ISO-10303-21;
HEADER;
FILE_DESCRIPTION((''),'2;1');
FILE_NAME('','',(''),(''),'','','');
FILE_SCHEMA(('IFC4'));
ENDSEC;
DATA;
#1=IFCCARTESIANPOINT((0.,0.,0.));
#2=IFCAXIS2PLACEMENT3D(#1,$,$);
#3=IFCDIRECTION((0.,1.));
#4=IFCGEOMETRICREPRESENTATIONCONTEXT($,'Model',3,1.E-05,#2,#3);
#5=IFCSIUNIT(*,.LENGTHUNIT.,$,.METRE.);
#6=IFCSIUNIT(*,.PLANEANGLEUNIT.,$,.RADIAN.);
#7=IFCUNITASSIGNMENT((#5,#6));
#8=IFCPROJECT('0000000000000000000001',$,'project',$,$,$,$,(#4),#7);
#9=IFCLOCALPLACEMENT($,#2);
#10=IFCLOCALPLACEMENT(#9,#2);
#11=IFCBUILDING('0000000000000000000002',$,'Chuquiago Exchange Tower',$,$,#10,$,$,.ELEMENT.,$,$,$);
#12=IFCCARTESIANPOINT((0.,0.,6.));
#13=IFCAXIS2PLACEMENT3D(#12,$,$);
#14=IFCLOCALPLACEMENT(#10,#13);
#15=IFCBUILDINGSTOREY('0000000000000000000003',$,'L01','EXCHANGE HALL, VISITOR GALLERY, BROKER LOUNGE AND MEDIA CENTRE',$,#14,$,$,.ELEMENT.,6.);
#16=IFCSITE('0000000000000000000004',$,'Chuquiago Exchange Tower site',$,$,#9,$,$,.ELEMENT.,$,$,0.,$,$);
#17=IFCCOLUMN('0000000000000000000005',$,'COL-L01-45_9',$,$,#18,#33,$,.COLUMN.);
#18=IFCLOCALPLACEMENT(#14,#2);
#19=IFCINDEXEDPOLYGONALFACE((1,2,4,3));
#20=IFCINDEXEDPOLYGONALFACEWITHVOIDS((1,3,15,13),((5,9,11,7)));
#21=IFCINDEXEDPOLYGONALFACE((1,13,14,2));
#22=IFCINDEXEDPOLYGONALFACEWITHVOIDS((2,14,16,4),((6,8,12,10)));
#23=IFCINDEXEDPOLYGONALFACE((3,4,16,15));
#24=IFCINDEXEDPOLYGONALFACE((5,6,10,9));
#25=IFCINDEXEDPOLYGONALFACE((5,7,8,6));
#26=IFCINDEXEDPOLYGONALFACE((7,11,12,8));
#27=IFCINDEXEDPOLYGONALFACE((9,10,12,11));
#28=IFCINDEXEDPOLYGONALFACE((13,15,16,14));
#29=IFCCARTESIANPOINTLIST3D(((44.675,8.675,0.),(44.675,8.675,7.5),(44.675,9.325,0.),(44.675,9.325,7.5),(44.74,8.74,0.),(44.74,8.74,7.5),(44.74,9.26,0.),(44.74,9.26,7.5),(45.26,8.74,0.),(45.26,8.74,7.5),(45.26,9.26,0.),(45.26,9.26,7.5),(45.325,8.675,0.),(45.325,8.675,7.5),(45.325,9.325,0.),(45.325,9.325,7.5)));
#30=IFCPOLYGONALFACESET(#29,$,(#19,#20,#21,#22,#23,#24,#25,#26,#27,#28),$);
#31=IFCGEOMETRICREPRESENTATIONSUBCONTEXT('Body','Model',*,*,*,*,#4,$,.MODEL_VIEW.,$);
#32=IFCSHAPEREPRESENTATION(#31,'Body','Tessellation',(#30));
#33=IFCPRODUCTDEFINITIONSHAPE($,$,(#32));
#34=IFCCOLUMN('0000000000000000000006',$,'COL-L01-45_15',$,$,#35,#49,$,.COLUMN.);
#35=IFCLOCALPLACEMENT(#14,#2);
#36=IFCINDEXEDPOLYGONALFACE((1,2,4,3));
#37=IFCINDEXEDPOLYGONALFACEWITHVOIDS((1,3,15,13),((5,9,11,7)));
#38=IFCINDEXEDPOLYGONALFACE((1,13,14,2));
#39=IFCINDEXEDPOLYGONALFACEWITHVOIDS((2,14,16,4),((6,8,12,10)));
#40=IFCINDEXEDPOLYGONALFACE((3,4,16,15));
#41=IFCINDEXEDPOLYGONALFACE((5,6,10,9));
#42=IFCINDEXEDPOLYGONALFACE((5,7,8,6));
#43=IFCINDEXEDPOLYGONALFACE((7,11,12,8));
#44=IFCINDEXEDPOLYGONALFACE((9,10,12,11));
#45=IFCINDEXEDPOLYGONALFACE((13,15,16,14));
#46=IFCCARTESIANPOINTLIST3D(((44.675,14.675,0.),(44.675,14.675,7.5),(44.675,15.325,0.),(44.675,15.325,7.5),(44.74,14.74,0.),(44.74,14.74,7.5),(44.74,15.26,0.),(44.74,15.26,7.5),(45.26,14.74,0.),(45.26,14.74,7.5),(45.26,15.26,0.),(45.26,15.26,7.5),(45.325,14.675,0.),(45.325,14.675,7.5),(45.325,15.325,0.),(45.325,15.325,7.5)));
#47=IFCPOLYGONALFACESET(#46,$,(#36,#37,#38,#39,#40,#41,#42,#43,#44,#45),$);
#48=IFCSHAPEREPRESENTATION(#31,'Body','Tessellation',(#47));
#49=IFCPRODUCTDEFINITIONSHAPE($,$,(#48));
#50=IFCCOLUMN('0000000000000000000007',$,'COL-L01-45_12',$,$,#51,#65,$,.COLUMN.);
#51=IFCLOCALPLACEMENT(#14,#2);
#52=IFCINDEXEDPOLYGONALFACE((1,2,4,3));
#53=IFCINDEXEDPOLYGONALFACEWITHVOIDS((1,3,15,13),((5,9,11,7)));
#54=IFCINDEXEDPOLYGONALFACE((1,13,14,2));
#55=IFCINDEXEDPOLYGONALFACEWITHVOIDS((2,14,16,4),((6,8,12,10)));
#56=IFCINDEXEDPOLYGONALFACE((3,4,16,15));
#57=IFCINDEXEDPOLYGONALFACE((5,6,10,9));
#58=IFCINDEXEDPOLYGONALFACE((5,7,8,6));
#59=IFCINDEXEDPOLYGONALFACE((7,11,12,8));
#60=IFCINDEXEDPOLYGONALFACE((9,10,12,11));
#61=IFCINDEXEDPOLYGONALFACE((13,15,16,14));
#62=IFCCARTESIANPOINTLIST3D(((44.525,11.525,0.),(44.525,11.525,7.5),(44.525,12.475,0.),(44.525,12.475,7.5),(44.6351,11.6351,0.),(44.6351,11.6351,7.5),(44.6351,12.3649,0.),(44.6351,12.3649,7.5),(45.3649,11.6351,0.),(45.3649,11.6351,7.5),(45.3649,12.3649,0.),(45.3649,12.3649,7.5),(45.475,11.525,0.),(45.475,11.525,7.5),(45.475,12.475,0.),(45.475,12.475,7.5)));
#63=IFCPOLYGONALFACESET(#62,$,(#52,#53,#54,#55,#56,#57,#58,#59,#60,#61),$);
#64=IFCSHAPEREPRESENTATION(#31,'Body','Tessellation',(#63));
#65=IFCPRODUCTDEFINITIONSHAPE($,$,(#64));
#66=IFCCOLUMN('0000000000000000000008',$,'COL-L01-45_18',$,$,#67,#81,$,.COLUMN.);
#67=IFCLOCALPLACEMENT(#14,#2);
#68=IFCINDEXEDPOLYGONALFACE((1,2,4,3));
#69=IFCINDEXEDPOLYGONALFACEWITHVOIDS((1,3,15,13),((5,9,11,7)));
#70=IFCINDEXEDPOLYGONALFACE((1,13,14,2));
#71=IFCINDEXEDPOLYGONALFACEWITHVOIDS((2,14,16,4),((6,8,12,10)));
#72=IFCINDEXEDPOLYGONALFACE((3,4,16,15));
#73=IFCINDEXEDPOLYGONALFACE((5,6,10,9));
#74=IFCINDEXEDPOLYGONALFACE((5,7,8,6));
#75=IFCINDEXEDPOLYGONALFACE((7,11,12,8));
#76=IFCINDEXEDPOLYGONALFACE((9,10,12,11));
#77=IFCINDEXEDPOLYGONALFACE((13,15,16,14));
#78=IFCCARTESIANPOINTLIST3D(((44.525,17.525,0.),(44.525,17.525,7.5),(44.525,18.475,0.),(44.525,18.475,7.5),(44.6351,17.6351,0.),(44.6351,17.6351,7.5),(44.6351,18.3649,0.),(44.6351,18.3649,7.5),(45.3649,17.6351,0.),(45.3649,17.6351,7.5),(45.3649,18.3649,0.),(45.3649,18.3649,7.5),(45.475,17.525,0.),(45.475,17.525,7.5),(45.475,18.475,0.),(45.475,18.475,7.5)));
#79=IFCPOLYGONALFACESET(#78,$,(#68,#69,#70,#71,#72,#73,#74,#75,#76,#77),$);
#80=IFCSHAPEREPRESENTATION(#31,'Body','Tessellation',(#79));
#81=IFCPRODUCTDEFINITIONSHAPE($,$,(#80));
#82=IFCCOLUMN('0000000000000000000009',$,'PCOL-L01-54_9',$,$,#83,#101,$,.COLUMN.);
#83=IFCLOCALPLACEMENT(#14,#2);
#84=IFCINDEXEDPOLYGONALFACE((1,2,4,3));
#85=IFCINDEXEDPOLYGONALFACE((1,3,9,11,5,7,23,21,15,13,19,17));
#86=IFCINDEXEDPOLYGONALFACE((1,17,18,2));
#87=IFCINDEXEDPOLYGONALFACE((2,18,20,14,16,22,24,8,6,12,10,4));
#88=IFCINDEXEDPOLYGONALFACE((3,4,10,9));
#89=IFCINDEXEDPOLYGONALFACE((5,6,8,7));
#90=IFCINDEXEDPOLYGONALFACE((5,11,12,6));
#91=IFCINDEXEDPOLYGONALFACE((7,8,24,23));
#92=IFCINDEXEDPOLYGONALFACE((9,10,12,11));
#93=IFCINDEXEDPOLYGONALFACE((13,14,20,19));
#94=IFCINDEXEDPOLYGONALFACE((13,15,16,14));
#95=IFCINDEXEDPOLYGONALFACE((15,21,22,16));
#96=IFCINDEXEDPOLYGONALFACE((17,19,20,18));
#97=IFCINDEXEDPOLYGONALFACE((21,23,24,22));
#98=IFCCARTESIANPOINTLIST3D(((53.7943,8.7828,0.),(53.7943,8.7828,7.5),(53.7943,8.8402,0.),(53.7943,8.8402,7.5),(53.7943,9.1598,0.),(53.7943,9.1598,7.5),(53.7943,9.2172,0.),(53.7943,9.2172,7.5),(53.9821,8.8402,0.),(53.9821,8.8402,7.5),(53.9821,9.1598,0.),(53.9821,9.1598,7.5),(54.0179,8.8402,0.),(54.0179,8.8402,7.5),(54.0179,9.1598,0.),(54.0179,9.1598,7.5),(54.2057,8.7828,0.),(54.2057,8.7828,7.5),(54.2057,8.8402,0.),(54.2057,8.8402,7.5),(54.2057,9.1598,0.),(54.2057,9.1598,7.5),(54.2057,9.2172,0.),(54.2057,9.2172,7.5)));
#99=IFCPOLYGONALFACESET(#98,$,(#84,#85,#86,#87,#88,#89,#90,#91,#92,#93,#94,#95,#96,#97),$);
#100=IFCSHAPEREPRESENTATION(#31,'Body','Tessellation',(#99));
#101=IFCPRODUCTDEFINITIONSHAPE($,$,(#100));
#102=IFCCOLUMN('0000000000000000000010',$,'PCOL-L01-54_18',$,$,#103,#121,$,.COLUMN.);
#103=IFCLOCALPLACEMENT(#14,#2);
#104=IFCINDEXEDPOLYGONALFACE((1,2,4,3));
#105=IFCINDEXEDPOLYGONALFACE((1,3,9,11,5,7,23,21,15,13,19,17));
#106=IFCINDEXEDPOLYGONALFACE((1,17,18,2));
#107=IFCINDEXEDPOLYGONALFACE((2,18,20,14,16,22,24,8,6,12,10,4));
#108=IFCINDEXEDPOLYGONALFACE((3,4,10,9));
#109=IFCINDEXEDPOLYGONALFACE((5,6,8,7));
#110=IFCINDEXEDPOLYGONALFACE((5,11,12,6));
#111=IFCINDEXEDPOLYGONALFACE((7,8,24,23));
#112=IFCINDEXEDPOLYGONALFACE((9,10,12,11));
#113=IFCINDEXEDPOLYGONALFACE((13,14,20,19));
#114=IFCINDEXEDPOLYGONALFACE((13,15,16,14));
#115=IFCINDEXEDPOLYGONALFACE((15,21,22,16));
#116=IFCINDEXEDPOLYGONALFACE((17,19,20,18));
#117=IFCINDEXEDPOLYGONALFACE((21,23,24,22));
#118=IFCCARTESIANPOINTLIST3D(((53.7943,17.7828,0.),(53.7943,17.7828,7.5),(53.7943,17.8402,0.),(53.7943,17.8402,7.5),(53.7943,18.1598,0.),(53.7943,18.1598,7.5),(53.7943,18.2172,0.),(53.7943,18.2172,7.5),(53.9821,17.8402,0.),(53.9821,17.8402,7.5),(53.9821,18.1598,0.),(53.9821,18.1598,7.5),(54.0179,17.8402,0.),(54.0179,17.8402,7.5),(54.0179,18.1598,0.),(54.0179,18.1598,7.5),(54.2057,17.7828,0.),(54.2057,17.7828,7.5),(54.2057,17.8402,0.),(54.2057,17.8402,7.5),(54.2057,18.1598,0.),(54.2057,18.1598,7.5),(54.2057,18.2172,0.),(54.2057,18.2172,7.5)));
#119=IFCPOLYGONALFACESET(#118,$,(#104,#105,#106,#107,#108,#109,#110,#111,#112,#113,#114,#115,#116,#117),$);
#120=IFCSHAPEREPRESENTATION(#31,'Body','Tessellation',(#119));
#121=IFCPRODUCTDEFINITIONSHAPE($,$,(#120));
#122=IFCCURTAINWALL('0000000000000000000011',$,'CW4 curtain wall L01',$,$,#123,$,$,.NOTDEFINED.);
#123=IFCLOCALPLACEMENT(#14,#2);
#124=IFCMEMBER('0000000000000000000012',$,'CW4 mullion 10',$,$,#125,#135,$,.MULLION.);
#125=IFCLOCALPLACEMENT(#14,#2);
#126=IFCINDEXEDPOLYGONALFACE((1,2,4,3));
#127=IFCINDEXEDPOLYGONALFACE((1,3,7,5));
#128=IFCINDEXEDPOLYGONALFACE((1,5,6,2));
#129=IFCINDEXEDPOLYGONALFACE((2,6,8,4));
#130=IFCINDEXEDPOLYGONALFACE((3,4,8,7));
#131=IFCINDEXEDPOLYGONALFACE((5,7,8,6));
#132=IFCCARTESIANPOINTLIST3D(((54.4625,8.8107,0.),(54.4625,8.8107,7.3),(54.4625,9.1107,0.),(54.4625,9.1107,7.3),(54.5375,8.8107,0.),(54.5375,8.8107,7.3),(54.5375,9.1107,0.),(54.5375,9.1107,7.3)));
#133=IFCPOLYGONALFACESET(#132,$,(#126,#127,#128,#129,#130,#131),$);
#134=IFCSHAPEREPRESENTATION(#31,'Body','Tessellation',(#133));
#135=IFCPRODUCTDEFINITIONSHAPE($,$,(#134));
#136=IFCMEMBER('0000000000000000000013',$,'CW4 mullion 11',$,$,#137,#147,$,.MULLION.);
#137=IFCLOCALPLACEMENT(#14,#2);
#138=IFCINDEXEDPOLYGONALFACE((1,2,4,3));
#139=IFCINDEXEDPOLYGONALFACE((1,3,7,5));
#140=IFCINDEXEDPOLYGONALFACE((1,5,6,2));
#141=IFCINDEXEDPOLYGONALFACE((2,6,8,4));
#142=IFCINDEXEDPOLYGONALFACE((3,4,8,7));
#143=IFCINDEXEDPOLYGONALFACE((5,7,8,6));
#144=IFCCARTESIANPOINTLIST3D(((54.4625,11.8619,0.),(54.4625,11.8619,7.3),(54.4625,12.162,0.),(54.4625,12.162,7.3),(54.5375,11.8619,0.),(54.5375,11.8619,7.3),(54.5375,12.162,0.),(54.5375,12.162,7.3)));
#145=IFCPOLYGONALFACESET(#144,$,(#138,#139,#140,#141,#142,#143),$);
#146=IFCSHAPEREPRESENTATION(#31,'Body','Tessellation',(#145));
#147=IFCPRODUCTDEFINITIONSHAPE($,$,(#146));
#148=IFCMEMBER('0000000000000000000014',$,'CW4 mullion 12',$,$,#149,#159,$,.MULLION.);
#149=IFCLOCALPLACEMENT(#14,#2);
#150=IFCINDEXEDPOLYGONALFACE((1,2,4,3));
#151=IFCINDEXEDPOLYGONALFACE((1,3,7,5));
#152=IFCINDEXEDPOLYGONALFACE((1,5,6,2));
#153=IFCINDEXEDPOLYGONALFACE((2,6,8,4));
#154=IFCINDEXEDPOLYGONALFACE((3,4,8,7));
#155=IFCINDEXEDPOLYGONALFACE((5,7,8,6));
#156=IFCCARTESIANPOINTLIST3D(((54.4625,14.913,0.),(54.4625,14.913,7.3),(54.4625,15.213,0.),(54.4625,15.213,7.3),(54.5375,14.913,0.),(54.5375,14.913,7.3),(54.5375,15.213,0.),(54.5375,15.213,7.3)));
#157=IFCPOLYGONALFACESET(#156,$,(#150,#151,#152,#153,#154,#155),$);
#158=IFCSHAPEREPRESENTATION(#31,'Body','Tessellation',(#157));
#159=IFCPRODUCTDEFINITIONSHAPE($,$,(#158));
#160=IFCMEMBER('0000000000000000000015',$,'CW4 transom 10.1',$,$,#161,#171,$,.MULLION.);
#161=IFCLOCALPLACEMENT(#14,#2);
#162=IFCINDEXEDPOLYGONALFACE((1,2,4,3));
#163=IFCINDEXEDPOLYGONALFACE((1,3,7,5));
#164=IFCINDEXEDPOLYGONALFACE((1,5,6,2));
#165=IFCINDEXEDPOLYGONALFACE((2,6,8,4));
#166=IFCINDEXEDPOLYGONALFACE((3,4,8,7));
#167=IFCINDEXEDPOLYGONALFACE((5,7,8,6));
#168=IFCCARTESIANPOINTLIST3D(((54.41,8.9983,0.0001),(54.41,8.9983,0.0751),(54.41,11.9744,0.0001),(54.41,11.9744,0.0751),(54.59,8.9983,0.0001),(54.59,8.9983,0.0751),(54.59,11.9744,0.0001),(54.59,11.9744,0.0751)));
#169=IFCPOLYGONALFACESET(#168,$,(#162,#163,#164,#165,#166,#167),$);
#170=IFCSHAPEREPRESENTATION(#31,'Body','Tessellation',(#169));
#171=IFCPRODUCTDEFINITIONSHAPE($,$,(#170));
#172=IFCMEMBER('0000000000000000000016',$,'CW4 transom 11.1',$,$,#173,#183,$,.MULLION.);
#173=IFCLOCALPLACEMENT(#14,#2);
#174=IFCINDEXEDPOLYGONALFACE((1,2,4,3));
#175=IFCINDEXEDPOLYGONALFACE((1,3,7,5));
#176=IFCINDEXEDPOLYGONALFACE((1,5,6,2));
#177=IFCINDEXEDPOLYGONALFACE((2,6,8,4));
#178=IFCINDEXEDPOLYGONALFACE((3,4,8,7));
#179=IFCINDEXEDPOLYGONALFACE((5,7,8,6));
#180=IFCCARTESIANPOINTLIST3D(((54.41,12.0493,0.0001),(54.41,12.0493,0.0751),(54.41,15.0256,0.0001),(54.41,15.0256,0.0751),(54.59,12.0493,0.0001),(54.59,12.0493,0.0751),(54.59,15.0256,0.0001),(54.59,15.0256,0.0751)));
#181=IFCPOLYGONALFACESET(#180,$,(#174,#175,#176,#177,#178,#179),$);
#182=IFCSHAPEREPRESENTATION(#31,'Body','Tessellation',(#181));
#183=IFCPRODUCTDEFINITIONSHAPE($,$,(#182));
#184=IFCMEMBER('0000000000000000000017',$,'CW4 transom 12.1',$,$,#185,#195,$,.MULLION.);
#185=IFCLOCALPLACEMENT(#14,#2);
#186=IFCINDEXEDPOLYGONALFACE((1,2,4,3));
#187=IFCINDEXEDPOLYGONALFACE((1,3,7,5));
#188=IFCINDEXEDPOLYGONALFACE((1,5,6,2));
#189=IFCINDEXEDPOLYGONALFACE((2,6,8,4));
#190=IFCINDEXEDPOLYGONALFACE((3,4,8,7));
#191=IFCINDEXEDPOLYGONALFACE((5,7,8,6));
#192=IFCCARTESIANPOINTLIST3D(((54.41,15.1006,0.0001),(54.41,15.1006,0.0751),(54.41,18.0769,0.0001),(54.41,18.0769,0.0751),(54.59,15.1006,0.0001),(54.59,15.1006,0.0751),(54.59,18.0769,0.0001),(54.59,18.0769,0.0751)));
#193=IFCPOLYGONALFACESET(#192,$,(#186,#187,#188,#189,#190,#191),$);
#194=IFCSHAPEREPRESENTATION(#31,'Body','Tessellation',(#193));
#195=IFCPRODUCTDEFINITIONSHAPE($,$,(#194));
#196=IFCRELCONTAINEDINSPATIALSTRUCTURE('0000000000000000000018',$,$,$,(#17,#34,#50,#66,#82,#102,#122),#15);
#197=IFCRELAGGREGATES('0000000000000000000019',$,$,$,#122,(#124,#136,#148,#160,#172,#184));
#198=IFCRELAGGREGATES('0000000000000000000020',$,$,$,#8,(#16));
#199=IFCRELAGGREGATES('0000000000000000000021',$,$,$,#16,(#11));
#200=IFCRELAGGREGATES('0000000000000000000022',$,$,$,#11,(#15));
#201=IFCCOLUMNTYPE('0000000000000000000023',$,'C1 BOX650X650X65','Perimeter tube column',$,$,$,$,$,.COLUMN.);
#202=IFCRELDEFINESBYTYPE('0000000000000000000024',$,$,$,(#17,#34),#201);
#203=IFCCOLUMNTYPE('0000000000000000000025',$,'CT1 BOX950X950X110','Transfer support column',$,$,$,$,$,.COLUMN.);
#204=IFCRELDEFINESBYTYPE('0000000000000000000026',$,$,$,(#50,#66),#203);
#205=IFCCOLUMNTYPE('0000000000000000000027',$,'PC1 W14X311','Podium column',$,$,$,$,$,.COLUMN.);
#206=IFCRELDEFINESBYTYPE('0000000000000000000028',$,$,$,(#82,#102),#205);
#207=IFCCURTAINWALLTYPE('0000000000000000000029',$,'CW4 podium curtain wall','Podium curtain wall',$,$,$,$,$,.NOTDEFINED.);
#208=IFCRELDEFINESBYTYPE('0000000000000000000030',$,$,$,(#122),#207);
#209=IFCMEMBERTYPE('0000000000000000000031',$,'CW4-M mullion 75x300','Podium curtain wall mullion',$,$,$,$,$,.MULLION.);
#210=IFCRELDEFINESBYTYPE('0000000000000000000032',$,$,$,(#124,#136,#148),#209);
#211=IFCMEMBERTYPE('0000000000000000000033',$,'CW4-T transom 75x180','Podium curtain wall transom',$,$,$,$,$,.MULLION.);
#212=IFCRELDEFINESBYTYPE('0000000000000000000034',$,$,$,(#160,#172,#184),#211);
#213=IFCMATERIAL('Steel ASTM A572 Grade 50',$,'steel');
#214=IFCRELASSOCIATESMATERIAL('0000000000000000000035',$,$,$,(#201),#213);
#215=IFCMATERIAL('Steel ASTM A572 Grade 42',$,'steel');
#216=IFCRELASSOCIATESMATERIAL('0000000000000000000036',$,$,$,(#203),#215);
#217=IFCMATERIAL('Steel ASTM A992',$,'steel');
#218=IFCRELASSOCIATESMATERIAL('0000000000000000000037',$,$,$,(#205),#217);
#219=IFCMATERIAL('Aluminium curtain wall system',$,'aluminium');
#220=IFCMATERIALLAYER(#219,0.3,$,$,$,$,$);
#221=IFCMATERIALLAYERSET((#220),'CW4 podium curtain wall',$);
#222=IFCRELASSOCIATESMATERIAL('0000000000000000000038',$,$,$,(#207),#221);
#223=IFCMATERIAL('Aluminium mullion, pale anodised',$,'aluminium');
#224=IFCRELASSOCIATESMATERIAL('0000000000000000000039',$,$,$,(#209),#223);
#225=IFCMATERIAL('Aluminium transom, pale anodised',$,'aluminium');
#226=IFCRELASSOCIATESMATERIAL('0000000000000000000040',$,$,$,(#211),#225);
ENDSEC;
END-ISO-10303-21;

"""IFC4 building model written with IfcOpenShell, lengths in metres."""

from ifc_helpers import new_model, si_unit, direction, frame, origin, origin_2d, place, context, subcontext, project, spatial, rectangle, hollow_rectangle, i_section, extrude, material, layer, layer_set, material_profile, profile_set, type_object, element, aggregate, save


model = new_model("IFC4")

# Units and contexts
model_context = context("Model", 3, precision=1e-05, world=origin(), true_north=direction((0.0, 1.0)))
body_context = subcontext(model_context, "Body", "Model", "MODEL_VIEW")
ifc_project = project(units=[si_unit("LENGTHUNIT", "METRE"), si_unit("PLANEANGLEUNIT", "RADIAN")], contexts=[model_context])

# Site, building, storey
site_placement = place(None, origin())
site = spatial("IfcSite", under=ifc_project, at=site_placement, Name="Chuquiago Exchange Tower site", CompositionType="ELEMENT", RefElevation=0.0)
building_placement = place(site_placement, origin())
building = spatial("IfcBuilding", under=site, at=building_placement, Name="Chuquiago Exchange Tower", CompositionType="ELEMENT")
storey_placement = place(building_placement, frame((0.0, 0.0, 6.0)))
storey = spatial("IfcBuildingStorey", under=building, at=storey_placement, Name="L01", Description="EXCHANGE HALL, VISITOR GALLERY, BROKER LOUNGE AND MEDIA CENTRE", CompositionType="ELEMENT", Elevation=6.0)

# Columns
ifc_material_1 = material(Name="Steel ASTM A572 Grade 50", Category="steel")
ifc_material_profile_1 = material_profile(ifc_material_1, hollow_rectangle(XDim=0.6499, YDim=0.6499, WallThickness=0.0649, at=origin_2d()), Name="BOX650X650X65")
ifc_profile_set_1 = profile_set([ifc_material_profile_1], Name="Steel ASTM A572 Grade 50")
column_type_1 = type_object("IfcColumnType", Name="C1 BOX650X650X65", Description="Perimeter tube column", PredefinedType="COLUMN", material=ifc_profile_set_1)
for number, where, z_axis, x_axis, name in (
    (1, (45.0, 9.0, 0.0), (0.0, 0.0, 1.0), (1.0, 0.0, 0.0), "COL-L01-45_9"),
    (2, (45.0, 15.0, 0.0), (0.0, 0.0, 1.0), (1.0, 0.0, 0.0), "COL-L01-45_15"),
):
    element("IfcColumn", number, at=place(storey_placement, frame(where, z_axis=z_axis, x_axis=x_axis)), inside=storey, type_object=column_type_1, Name=name, PredefinedType="COLUMN", context=body_context, shape_type="SweptSolid", body=[
        extrude(hollow_rectangle(XDim=0.6499, YDim=0.6499, WallThickness=0.0649, at=origin_2d()), origin(), (0.0, 0.0, 1.0), 7.5),
    ])
ifc_material_2 = material(Name="Steel ASTM A572 Grade 42", Category="steel")
ifc_material_profile_2 = material_profile(ifc_material_2, hollow_rectangle(XDim=0.95, YDim=0.95, WallThickness=0.1101, at=origin_2d()), Name="BOX950X950X110")
ifc_profile_set_2 = profile_set([ifc_material_profile_2], Name="Steel ASTM A572 Grade 42")
column_type_2 = type_object("IfcColumnType", Name="CT1 BOX950X950X110", Description="Transfer support column", PredefinedType="COLUMN", material=ifc_profile_set_2)
for number, where, z_axis, x_axis, name in (
    (3, (45.0, 12.0, 0.0), (0.0, 0.0, 1.0), (1.0, 0.0, 0.0), "COL-L01-45_12"),
    (4, (45.0, 18.0, 0.0), (0.0, 0.0, 1.0), (1.0, 0.0, 0.0), "COL-L01-45_18"),
):
    element("IfcColumn", number, at=place(storey_placement, frame(where, z_axis=z_axis, x_axis=x_axis)), inside=storey, type_object=column_type_2, Name=name, PredefinedType="COLUMN", context=body_context, shape_type="SweptSolid", body=[
        extrude(hollow_rectangle(XDim=0.95, YDim=0.95, WallThickness=0.1101, at=origin_2d()), origin(), (0.0, 0.0, 1.0), 7.5),
    ])
ifc_material_3 = material(Name="Steel ASTM A992", Category="steel")
ifc_material_profile_3 = material_profile(ifc_material_3, i_section(OverallWidth=0.4114, OverallDepth=0.4343, WebThickness=0.0359, FlangeThickness=0.0574, at=origin_2d()), Name="W14X311")
ifc_profile_set_3 = profile_set([ifc_material_profile_3], Name="Steel ASTM A992")
column_type_3 = type_object("IfcColumnType", Name="PC1 W14X311", Description="Podium column", PredefinedType="COLUMN", material=ifc_profile_set_3)
for number, where, z_axis, x_axis, name in (
    (5, (54.0, 9.0, 0.0), (0.0, 0.0, 1.0), (1.0, 0.0, 0.0), "PCOL-L01-54_9"),
    (6, (54.0, 18.0, 0.0), (0.0, 0.0, 1.0), (1.0, 0.0, 0.0), "PCOL-L01-54_18"),
):
    element("IfcColumn", number, at=place(storey_placement, frame(where, z_axis=z_axis, x_axis=x_axis)), inside=storey, type_object=column_type_3, Name=name, PredefinedType="COLUMN", context=body_context, shape_type="SweptSolid", body=[
        extrude(i_section(OverallWidth=0.4114, OverallDepth=0.4343, WebThickness=0.0359, FlangeThickness=0.0574, at=origin_2d()), origin(), (0.0, 0.0, 1.0), 7.5),
    ])

# Curtain wall, members
ifc_material_4 = material(Name="Aluminium curtain wall system", Category="aluminium")
ifc_layer_1 = layer(ifc_material_4, 0.3)
ifc_layer_set_1 = layer_set([ifc_layer_1], Name="CW4 podium curtain wall")
curtain_wall_type = type_object("IfcCurtainWallType", Name="CW4 podium curtain wall", Description="Podium curtain wall", PredefinedType="NOTDEFINED", material=ifc_layer_set_1)
curtain_wall_placement = place(storey_placement, origin())
curtain_wall = element("IfcCurtainWall", 7, at=curtain_wall_placement, inside=storey, type_object=curtain_wall_type, Name="CW4 curtain wall L01", PredefinedType="NOTDEFINED")
ifc_material_5 = material(Name="Aluminium mullion, pale anodised", Category="aluminium")
ifc_material_profile_4 = material_profile(ifc_material_5, rectangle(XDim=0.075, YDim=0.3, at=origin_2d()), Name="AL 75x300")
ifc_profile_set_4 = profile_set([ifc_material_profile_4], Name="Aluminium mullion, pale anodised")
member_type_1 = type_object("IfcMemberType", Name="CW4-M mullion 75x300", Description="Podium curtain wall mullion", PredefinedType="MULLION", material=ifc_profile_set_4)
member_1_placement = place(storey_placement, frame((54.5, 8.9607, 0.0), z_axis=(0.0, 0.0, 1.0), x_axis=(-1.0, 0.0, 0.0)))
member_1 = element("IfcMember", 8, at=member_1_placement, type_object=member_type_1, Name="CW4 mullion 10", PredefinedType="MULLION", context=body_context, shape_type="SweptSolid", body=[
    extrude(rectangle(XDim=0.075, YDim=0.3, at=origin_2d()), origin(), (0.0, 0.0, 1.0), 7.3),
])
member_2_placement = place(storey_placement, frame((54.5, 12.012, 0.0), z_axis=(0.0, 0.0, 1.0), x_axis=(-1.0, 0.0, 0.0)))
member_2 = element("IfcMember", 9, at=member_2_placement, type_object=member_type_1, Name="CW4 mullion 11", PredefinedType="MULLION", context=body_context, shape_type="SweptSolid", body=[
    extrude(rectangle(XDim=0.075, YDim=0.3, at=origin_2d()), origin(), (0.0, 0.0, 1.0), 7.3),
])
member_3_placement = place(storey_placement, frame((54.5, 15.063, 0.0), z_axis=(0.0, 0.0, 1.0), x_axis=(-1.0, 0.0, 0.0)))
member_3 = element("IfcMember", 10, at=member_3_placement, type_object=member_type_1, Name="CW4 mullion 12", PredefinedType="MULLION", context=body_context, shape_type="SweptSolid", body=[
    extrude(rectangle(XDim=0.075, YDim=0.3, at=origin_2d()), origin(), (0.0, 0.0, 1.0), 7.3),
])
ifc_material_6 = material(Name="Aluminium transom, pale anodised", Category="aluminium")
ifc_material_profile_5 = material_profile(ifc_material_6, rectangle(XDim=0.1799, YDim=0.075, at=origin_2d()), Name="AL 180x75")
ifc_profile_set_5 = profile_set([ifc_material_profile_5], Name="Aluminium transom, pale anodised")
member_type_2 = type_object("IfcMemberType", Name="CW4-T transom 75x180", Description="Podium curtain wall transom", PredefinedType="MULLION", material=ifc_profile_set_5)
member_4_placement = place(storey_placement, frame((54.5, 8.9983, 0.0376), z_axis=(0.0, 1.0, 0.0), x_axis=(-1.0, 0.0, 0.0)))
member_4 = element("IfcMember", 11, at=member_4_placement, type_object=member_type_2, Name="CW4 transom 10.1", PredefinedType="MULLION", context=body_context, shape_type="SweptSolid", body=[
    extrude(rectangle(XDim=0.1799, YDim=0.075, at=origin_2d()), origin(), (0.0, 0.0, 1.0), 2.9761),
])
member_5_placement = place(storey_placement, frame((54.5, 12.0493, 0.0376), z_axis=(0.0, 1.0, 0.0), x_axis=(-1.0, 0.0, 0.0)))
member_5 = element("IfcMember", 12, at=member_5_placement, type_object=member_type_2, Name="CW4 transom 11.1", PredefinedType="MULLION", context=body_context, shape_type="SweptSolid", body=[
    extrude(rectangle(XDim=0.1799, YDim=0.075, at=origin_2d()), origin(), (0.0, 0.0, 1.0), 2.9763),
])
member_6_placement = place(storey_placement, frame((54.5, 15.1006, 0.0376), z_axis=(0.0, 1.0, 0.0), x_axis=(-1.0, 0.0, 0.0)))
member_6 = element("IfcMember", 13, at=member_6_placement, type_object=member_type_2, Name="CW4 transom 12.1", PredefinedType="MULLION", context=body_context, shape_type="SweptSolid", body=[
    extrude(rectangle(XDim=0.1799, YDim=0.075, at=origin_2d()), origin(), (0.0, 0.0, 1.0), 2.9763),
])

aggregate(curtain_wall, [member_1, member_2, member_3, member_4, member_5, member_6])

save(model, "model.ifc")
